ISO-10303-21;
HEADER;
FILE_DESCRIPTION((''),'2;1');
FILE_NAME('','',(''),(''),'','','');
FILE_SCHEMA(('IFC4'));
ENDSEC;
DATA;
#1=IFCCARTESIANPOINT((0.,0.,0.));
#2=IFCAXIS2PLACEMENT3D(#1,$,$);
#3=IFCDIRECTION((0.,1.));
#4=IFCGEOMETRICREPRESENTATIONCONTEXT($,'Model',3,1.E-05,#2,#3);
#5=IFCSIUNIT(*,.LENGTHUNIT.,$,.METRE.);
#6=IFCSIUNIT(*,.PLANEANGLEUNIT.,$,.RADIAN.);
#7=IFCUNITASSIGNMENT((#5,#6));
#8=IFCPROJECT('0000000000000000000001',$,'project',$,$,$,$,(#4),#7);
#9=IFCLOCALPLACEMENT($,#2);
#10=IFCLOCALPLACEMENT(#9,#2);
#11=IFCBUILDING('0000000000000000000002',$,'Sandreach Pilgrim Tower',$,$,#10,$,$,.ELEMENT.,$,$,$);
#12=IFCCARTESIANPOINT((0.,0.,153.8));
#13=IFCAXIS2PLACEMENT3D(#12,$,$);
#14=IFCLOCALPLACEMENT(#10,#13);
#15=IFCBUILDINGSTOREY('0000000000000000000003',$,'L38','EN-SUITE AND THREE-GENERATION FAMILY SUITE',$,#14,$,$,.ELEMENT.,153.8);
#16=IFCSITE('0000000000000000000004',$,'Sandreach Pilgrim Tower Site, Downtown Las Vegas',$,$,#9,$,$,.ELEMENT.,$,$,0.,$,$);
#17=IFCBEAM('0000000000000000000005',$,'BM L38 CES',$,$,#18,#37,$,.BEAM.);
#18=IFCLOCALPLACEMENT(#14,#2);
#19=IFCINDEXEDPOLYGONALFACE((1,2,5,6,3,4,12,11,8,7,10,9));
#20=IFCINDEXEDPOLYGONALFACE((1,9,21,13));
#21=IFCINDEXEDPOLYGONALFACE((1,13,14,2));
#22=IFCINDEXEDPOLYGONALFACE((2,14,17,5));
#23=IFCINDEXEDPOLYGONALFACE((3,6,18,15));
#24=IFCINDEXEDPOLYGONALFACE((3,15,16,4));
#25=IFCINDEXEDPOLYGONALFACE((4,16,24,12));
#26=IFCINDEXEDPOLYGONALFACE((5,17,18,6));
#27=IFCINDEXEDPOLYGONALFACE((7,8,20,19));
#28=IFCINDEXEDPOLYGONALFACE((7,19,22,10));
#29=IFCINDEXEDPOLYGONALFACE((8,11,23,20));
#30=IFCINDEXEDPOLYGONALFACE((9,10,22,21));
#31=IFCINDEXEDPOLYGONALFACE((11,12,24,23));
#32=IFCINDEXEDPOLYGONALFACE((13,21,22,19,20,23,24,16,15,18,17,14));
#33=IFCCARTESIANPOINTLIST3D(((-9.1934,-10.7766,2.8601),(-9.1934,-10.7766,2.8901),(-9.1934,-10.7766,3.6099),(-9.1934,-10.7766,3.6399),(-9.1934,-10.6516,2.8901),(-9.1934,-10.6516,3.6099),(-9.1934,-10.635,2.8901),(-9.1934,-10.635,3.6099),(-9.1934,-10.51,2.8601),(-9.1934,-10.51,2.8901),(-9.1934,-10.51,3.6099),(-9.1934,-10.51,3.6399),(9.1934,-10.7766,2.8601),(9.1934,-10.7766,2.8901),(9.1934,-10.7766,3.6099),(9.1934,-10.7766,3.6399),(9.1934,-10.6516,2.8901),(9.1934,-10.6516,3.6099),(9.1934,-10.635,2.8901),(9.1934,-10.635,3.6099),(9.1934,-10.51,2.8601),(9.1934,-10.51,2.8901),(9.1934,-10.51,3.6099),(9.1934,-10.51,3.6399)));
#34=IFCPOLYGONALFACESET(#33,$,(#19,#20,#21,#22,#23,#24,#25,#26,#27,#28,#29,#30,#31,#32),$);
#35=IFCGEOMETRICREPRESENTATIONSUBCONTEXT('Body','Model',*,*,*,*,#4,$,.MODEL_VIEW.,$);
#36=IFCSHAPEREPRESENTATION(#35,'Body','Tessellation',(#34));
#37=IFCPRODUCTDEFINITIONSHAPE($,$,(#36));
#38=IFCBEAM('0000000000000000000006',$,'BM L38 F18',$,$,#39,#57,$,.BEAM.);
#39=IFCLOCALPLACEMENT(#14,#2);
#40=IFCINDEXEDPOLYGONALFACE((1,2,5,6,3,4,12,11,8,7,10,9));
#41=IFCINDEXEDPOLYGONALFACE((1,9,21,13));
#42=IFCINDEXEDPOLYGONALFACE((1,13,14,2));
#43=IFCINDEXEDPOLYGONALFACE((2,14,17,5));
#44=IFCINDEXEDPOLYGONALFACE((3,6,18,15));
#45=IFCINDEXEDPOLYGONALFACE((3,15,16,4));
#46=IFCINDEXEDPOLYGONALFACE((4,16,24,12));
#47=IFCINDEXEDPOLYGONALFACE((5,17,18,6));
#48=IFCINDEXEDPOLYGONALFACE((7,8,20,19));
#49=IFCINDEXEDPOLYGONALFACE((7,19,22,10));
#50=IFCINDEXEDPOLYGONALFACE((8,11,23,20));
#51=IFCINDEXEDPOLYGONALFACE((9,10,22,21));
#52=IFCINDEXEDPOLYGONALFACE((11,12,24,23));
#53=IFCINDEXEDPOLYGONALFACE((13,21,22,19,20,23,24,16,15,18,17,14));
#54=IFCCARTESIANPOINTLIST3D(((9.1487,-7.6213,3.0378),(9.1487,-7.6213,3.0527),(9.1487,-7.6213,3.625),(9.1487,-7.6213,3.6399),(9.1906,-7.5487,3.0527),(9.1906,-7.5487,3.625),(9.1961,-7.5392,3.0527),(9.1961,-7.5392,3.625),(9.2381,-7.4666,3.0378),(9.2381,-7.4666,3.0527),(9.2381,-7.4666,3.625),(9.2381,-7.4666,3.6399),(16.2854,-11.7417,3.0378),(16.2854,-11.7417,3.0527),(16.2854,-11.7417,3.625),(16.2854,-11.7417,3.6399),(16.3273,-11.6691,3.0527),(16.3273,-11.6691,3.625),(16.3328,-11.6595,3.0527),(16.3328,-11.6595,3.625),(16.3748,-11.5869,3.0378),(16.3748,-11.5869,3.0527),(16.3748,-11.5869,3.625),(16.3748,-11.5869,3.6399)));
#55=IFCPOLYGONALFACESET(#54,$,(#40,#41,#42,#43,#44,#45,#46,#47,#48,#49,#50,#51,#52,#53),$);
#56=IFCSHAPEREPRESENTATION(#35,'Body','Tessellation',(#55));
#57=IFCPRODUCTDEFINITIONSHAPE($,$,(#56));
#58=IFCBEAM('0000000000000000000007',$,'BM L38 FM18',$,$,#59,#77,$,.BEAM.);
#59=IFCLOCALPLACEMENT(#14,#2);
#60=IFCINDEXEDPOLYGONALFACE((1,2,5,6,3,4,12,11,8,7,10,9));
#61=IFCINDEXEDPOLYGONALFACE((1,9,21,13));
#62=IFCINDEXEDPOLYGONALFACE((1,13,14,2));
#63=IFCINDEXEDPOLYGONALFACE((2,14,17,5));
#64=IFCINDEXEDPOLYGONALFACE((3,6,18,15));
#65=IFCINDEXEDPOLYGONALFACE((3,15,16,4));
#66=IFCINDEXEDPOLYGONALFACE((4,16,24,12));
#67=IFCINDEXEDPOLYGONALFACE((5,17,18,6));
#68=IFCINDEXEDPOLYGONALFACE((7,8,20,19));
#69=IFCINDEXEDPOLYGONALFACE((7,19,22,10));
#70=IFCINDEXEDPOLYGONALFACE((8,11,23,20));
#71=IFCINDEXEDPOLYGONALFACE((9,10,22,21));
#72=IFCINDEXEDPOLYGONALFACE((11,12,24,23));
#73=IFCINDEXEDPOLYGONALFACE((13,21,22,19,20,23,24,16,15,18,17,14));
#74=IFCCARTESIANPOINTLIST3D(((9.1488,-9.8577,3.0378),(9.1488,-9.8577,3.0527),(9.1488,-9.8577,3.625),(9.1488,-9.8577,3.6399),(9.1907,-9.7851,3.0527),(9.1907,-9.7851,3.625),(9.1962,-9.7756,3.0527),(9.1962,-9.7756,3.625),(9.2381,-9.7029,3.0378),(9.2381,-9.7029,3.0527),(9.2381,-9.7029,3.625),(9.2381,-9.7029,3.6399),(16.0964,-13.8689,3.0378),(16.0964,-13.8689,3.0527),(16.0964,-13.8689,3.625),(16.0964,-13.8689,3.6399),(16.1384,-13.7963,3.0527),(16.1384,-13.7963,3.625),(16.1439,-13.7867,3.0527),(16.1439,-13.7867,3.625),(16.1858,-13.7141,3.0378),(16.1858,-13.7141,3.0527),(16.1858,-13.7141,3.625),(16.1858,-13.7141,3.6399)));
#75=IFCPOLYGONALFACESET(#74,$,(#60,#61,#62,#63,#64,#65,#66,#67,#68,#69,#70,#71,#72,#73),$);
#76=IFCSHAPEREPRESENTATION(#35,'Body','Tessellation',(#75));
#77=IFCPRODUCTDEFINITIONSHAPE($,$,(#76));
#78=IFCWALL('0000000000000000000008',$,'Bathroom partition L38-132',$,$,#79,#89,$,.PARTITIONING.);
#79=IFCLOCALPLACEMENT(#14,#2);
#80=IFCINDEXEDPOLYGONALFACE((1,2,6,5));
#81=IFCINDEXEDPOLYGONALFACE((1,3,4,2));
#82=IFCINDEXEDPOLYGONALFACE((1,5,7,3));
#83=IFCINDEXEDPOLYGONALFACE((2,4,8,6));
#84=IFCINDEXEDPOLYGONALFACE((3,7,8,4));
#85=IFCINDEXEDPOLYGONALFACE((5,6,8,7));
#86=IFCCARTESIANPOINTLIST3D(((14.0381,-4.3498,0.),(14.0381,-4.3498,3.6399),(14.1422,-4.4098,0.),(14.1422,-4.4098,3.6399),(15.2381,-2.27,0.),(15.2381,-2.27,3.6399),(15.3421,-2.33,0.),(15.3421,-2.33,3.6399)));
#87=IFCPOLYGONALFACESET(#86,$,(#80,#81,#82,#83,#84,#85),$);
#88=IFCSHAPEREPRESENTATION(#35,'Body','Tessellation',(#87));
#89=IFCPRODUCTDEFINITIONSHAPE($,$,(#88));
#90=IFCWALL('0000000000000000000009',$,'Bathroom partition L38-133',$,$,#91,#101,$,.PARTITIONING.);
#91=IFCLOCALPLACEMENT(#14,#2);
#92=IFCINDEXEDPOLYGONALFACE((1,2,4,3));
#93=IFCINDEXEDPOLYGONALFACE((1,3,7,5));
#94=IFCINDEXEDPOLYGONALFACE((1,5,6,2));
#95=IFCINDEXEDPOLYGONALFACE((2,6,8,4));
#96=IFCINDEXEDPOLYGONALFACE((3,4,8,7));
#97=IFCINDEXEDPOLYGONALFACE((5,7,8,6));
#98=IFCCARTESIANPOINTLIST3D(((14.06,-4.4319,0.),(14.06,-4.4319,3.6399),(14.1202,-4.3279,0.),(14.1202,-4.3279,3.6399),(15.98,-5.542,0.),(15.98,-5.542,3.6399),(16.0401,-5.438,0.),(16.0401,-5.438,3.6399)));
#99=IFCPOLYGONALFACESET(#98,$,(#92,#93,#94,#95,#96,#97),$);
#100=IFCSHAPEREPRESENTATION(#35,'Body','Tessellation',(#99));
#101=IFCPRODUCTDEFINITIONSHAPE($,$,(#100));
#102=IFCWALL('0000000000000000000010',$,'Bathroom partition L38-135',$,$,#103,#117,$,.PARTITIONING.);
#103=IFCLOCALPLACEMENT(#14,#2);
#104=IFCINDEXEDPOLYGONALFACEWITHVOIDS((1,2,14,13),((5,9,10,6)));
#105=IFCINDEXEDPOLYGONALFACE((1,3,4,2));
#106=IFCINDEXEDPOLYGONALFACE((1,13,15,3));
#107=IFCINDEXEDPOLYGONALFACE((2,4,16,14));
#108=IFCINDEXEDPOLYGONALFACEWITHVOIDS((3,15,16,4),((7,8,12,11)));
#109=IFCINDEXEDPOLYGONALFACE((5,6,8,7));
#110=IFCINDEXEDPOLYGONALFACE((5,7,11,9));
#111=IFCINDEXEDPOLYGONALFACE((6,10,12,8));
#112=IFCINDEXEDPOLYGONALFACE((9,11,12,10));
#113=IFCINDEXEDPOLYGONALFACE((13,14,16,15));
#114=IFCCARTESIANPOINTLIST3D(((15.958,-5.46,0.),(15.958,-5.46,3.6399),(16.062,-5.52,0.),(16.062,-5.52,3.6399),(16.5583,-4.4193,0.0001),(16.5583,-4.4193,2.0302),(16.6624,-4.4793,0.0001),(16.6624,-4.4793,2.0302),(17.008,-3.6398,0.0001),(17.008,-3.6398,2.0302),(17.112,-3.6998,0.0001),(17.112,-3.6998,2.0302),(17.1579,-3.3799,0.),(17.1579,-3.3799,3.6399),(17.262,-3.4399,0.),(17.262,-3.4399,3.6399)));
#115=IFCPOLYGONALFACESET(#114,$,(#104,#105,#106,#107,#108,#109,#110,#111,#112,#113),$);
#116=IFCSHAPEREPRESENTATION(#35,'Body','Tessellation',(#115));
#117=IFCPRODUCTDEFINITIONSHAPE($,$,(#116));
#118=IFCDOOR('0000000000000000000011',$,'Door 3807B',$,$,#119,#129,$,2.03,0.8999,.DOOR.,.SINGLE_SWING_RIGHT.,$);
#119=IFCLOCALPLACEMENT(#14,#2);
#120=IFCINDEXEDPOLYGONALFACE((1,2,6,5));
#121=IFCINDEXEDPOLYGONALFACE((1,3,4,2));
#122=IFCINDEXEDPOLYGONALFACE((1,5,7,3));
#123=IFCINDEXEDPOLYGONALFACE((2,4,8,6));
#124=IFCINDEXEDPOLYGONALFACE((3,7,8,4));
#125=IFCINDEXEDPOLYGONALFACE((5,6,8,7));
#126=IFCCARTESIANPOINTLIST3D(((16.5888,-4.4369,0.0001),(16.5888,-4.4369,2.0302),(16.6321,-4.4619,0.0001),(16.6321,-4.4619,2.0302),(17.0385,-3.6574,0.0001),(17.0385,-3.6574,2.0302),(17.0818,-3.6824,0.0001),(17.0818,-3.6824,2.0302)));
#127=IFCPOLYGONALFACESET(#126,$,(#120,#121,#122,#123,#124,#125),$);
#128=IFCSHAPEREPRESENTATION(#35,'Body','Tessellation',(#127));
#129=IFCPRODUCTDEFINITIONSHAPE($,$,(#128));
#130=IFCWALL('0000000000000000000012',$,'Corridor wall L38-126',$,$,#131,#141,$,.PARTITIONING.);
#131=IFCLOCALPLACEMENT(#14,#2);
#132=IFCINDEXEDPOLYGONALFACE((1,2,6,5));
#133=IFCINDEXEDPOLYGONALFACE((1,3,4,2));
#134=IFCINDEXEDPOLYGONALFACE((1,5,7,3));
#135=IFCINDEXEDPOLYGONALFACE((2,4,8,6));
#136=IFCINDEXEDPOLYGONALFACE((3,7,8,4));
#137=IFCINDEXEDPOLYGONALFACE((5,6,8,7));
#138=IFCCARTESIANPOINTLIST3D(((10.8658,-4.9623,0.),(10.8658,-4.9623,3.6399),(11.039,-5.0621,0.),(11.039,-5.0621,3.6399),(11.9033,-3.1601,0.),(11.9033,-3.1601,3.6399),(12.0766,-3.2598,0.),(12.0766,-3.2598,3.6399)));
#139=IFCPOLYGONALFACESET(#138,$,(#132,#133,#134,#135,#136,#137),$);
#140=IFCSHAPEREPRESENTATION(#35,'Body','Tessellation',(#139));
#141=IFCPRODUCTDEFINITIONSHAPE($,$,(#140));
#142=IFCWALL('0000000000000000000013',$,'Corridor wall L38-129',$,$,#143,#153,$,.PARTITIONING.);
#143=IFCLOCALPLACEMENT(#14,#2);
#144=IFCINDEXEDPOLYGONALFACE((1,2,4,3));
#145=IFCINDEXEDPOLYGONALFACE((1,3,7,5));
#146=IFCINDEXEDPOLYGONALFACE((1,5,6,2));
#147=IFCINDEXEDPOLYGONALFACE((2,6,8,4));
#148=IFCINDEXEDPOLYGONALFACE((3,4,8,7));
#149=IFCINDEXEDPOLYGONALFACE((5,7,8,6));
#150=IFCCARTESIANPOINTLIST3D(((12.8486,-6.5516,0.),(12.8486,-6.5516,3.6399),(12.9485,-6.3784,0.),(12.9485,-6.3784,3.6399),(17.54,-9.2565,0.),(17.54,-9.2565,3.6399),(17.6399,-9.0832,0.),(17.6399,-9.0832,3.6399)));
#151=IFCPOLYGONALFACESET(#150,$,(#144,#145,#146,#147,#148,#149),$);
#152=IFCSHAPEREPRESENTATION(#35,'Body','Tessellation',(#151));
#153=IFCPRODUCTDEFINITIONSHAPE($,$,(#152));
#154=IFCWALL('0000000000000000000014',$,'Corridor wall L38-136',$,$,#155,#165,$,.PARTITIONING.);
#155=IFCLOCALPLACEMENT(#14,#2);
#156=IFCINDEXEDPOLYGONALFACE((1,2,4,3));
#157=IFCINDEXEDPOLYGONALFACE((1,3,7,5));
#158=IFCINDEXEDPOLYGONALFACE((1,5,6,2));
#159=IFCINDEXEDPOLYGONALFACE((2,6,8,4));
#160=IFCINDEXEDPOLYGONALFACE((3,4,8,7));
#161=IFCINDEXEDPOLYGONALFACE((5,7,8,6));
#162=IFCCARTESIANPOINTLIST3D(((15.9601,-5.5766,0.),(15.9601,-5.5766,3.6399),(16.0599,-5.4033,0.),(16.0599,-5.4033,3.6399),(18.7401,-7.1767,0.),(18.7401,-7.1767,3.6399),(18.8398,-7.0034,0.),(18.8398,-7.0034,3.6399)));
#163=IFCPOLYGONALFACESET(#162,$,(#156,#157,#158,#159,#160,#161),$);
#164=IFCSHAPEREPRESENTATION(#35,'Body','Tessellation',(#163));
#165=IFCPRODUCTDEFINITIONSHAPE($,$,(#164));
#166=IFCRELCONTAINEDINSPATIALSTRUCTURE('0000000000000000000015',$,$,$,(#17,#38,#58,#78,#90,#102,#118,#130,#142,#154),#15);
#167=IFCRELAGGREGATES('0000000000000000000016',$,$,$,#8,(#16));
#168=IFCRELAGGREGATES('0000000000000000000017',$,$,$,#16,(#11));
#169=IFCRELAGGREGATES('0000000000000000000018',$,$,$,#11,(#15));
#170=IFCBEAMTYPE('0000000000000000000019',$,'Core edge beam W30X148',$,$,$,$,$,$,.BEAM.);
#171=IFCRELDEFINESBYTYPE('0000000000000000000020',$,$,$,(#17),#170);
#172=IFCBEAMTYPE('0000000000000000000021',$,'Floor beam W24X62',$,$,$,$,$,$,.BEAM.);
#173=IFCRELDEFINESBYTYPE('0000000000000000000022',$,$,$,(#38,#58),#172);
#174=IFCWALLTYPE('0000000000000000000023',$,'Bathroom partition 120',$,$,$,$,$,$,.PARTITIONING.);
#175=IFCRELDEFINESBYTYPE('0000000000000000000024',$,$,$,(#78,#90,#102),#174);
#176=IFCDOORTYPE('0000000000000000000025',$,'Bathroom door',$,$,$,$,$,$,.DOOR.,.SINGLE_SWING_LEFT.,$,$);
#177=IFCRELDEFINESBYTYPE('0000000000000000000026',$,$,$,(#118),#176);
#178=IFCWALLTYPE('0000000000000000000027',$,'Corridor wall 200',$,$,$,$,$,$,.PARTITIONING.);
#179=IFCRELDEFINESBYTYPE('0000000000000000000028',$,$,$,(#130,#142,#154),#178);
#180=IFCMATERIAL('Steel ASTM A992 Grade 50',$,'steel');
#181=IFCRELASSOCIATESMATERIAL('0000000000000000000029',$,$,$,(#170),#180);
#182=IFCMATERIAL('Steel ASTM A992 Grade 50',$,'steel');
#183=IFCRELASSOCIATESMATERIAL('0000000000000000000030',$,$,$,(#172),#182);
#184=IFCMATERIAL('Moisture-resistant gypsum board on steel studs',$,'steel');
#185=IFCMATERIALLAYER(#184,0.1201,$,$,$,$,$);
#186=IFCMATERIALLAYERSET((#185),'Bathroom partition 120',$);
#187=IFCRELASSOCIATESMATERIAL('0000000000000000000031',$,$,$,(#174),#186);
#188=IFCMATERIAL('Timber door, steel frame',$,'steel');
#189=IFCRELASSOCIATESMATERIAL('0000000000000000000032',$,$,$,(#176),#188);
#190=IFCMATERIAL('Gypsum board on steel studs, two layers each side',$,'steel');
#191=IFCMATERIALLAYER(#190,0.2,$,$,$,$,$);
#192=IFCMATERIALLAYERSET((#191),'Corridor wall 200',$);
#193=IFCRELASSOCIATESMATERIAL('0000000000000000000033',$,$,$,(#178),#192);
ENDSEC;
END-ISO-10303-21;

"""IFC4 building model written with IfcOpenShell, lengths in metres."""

from ifc_helpers import new_model, si_unit, direction, frame, frame_2d, origin, origin_2d, place, context, subcontext, project, spatial, rectangle, i_section, extrude, material, layer, layer_set, material_profile, profile_set, type_object, element, fill, save


model = new_model("IFC4")

# Units and contexts
model_context = context("Model", 3, precision=1e-05, world=origin(), true_north=direction((0.0, 1.0)))
body_context = subcontext(model_context, "Body", "Model", "MODEL_VIEW")
ifc_project = project(units=[si_unit("LENGTHUNIT", "METRE"), si_unit("PLANEANGLEUNIT", "RADIAN")], contexts=[model_context])

# Site, building, storey
site_placement = place(None, origin())
site = spatial("IfcSite", under=ifc_project, at=site_placement, Name="Sandreach Pilgrim Tower Site, Downtown Las Vegas", CompositionType="ELEMENT", RefElevation=0.0)
building_placement = place(site_placement, origin())
building = spatial("IfcBuilding", under=site, at=building_placement, Name="Sandreach Pilgrim Tower", CompositionType="ELEMENT")
storey_placement = place(building_placement, frame((0.0, 0.0, 153.8)))
storey = spatial("IfcBuildingStorey", under=building, at=storey_placement, Name="L38", Description="EN-SUITE AND THREE-GENERATION FAMILY SUITE", CompositionType="ELEMENT", Elevation=153.8)

# Beams
ifc_material_1 = material(Name="Steel ASTM A992 Grade 50", Category="steel")
ifc_material_profile_1 = material_profile(ifc_material_1, i_section(OverallWidth=0.2666, OverallDepth=0.7798, WebThickness=0.0166, FlangeThickness=0.03, at=origin_2d()), Name="W30X148")
ifc_profile_set_1 = profile_set([ifc_material_profile_1], Name="Steel ASTM A992 Grade 50")
beam_type_1 = type_object("IfcBeamType", Name="Core edge beam W30X148", PredefinedType="BEAM", material=ifc_profile_set_1)
beam_1_placement = place(storey_placement, frame((9.1934, -10.6433, 3.25), z_axis=(-1.0, 0.0, 0.0), x_axis=(0.0, -1.0, 0.0)))
element("IfcBeam", 1, at=beam_1_placement, inside=storey, type_object=beam_type_1, Name="BM L38 CES", PredefinedType="BEAM", context=body_context, shape_type="SweptSolid", body=[
    extrude(i_section(OverallWidth=0.2666, OverallDepth=0.7798, WebThickness=0.0166, FlangeThickness=0.03, at=origin_2d()), origin(), (0.0, 0.0, 1.0), 18.3867),
])
ifc_material_2 = material(Name="Steel ASTM A992 Grade 50", Category="steel")
ifc_material_profile_2 = material_profile(ifc_material_2, i_section(OverallWidth=0.1787, OverallDepth=0.6021, WebThickness=0.011, FlangeThickness=0.0149, at=origin_2d()), Name="W24X62")
ifc_profile_set_2 = profile_set([ifc_material_profile_2], Name="Steel ASTM A992 Grade 50")
beam_type_2 = type_object("IfcBeamType", Name="Floor beam W24X62", PredefinedType="BEAM", material=ifc_profile_set_2)
beam_2_placement = place(storey_placement, frame((16.3301, -11.6643, 3.3389), z_axis=(-0.866027, 0.499998, 0.0), x_axis=(-0.499998, -0.866027, 0.0)))
element("IfcBeam", 2, at=beam_2_placement, inside=storey, type_object=beam_type_2, Name="BM L38 F18", PredefinedType="BEAM", context=body_context, shape_type="SweptSolid", body=[
    extrude(i_section(OverallWidth=0.1787, OverallDepth=0.6021, WebThickness=0.011, FlangeThickness=0.0149, at=origin_2d()), origin(), (0.0, 0.0, 1.0), 8.2407),
])
beam_3_placement = place(storey_placement, frame((16.1411, -13.7915, 3.3389), z_axis=(-0.866028, 0.499995, 0.0), x_axis=(-0.499995, -0.866028, 0.0)))
element("IfcBeam", 3, at=beam_3_placement, inside=storey, type_object=beam_type_2, Name="BM L38 FM18", PredefinedType="BEAM", context=body_context, shape_type="SweptSolid", body=[
    extrude(i_section(OverallWidth=0.1787, OverallDepth=0.6021, WebThickness=0.011, FlangeThickness=0.0149, at=origin_2d()), origin(), (0.0, 0.0, 1.0), 8.0225),
])

# Walls
ifc_material_3 = material(Name="Moisture-resistant gypsum board on steel studs", Category="steel")
ifc_layer_1 = layer(ifc_material_3, 0.1201)
ifc_layer_set_1 = layer_set([ifc_layer_1], Name="Bathroom partition 120")
wall_type_1 = type_object("IfcWallType", Name="Bathroom partition 120", PredefinedType="PARTITIONING", material=ifc_layer_set_1)
wall_1_placement = place(storey_placement, frame((14.0901, -4.3799, 0.0), z_axis=(0.0, 0.0, 1.0), x_axis=(0.499737, 0.866177, 0.0)))
element("IfcWall", 4, at=wall_1_placement, inside=storey, type_object=wall_type_1, Name="Bathroom partition L38-132", PredefinedType="PARTITIONING", context=body_context, shape_type="SweptSolid", body=[
    extrude(rectangle(XDim=2.4011, YDim=0.1201, at=frame_2d((1.2007, 0.0))), origin(), (0.0, 0.0, 1.0), 3.6399),
])
wall_2_placement = place(storey_placement, frame((14.0901, -4.3799, 0.0), z_axis=(0.0, 0.0, 1.0), x_axis=(0.865705, -0.500555, 0.0)))
element("IfcWall", 5, at=wall_2_placement, inside=storey, type_object=wall_type_1, Name="Bathroom partition L38-133", PredefinedType="PARTITIONING", context=body_context, shape_type="SweptSolid", body=[
    extrude(rectangle(XDim=2.2178, YDim=0.1201, at=frame_2d((1.1089, 0.0))), origin(), (0.0, 0.0, 1.0), 3.6399),
])

# Wall, opening, door
wall_3_placement = place(storey_placement, frame((16.01, -5.49, 0.0), z_axis=(0.0, 0.0, 1.0), x_axis=(0.499693, 0.866203, 0.0)))
wall_3 = element("IfcWall", 6, at=wall_3_placement, inside=storey, type_object=wall_type_1, Name="Bathroom partition L38-135", PredefinedType="PARTITIONING", context=body_context, shape_type="SweptSolid", body=[
    extrude(rectangle(XDim=2.4014, YDim=0.1201, at=frame_2d((1.2007, 0.0))), origin(), (0.0, 0.0, 1.0), 3.6399),
])
opening_1_placement = place(wall_3_placement, frame((1.2014, 0.0, 0.0)))
opening_1 = element("IfcOpeningElement", 7, at=opening_1_placement, cuts=wall_3, PredefinedType="OPENING", context=body_context, shape_type="SweptSolid", body=[
    extrude(rectangle(XDim=0.8999, YDim=2.03, at=frame_2d((0.45, 1.0151))), frame((0.0, 0.0601, 0.0), z_axis=(0.0, -1.0, 0.0), x_axis=(1.0, 0.0, 0.0)), (0.0, 0.0, 1.0), 0.1201),
])
ifc_material_4 = material(Name="Timber door, steel frame", Category="steel")
door_type_1 = type_object("IfcDoorType", Name="Bathroom door", OperationType="SINGLE_SWING_LEFT", PredefinedType="DOOR", material=ifc_material_4)
door_1_placement = place(opening_1_placement, origin())
door_1 = element("IfcDoor", 8, at=door_1_placement, inside=storey, type_object=door_type_1, Name="Door 3807B", OperationType="SINGLE_SWING_RIGHT", OverallHeight=2.03, OverallWidth=0.8999, PredefinedType="DOOR", context=body_context, shape_type="SweptSolid", body=[
    extrude(rectangle(XDim=0.8999, YDim=2.03, at=frame_2d((0.45, 1.0151))), frame((0.0, 0.0249, 0.0), z_axis=(0.0, -1.0, 0.0), x_axis=(1.0, 0.0, 0.0)), (0.0, 0.0, 1.0), 0.05),
])
fill(opening_1, door_1)
ifc_material_5 = material(Name="Gypsum board on steel studs, two layers each side", Category="steel")
ifc_layer_2 = layer(ifc_material_5, 0.2)
ifc_layer_set_2 = layer_set([ifc_layer_2], Name="Corridor wall 200")
wall_type_2 = type_object("IfcWallType", Name="Corridor wall 200", PredefinedType="PARTITIONING", material=ifc_layer_set_2)

# Walls
wall_4_placement = place(storey_placement, frame((11.99, -3.21, 0.0), z_axis=(0.0, 0.0, 1.0), x_axis=(-0.498943, -0.866635, 0.0)))
element("IfcWall", 9, at=wall_4_placement, inside=storey, type_object=wall_type_2, Name="Corridor wall L38-126", PredefinedType="PARTITIONING", context=body_context, shape_type="SweptSolid", body=[
    extrude(rectangle(XDim=2.0796, YDim=0.2, at=frame_2d((1.0398, 0.0))), origin(), (0.0, 0.0, 1.0), 3.6399),
])
wall_5_placement = place(storey_placement, frame((12.8987, -6.4651, 0.0), z_axis=(0.0, 0.0, 1.0), x_axis=(0.866325, -0.49948, 0.0)))
element("IfcWall", 10, at=wall_5_placement, inside=storey, type_object=wall_type_2, Name="Corridor wall L38-129", PredefinedType="PARTITIONING", context=body_context, shape_type="SweptSolid", body=[
    extrude(rectangle(XDim=5.4153, YDim=0.2, at=frame_2d((2.7075, 0.0))), origin(), (0.0, 0.0, 1.0), 3.6399),
])

# Wall
wall_6_placement = place(storey_placement, frame((16.01, -5.49, 0.0), z_axis=(0.0, 0.0, 1.0), x_axis=(0.866693, -0.498841, 0.0)))
element("IfcWall", 11, at=wall_6_placement, inside=storey, type_object=wall_type_2, Name="Corridor wall L38-136", PredefinedType="PARTITIONING", context=body_context, shape_type="SweptSolid", body=[
    extrude(rectangle(XDim=3.2075, YDim=0.2, at=frame_2d((1.6038, 0.0))), origin(), (0.0, 0.0, 1.0), 3.6399),
])

save(model, "model.ifc")
